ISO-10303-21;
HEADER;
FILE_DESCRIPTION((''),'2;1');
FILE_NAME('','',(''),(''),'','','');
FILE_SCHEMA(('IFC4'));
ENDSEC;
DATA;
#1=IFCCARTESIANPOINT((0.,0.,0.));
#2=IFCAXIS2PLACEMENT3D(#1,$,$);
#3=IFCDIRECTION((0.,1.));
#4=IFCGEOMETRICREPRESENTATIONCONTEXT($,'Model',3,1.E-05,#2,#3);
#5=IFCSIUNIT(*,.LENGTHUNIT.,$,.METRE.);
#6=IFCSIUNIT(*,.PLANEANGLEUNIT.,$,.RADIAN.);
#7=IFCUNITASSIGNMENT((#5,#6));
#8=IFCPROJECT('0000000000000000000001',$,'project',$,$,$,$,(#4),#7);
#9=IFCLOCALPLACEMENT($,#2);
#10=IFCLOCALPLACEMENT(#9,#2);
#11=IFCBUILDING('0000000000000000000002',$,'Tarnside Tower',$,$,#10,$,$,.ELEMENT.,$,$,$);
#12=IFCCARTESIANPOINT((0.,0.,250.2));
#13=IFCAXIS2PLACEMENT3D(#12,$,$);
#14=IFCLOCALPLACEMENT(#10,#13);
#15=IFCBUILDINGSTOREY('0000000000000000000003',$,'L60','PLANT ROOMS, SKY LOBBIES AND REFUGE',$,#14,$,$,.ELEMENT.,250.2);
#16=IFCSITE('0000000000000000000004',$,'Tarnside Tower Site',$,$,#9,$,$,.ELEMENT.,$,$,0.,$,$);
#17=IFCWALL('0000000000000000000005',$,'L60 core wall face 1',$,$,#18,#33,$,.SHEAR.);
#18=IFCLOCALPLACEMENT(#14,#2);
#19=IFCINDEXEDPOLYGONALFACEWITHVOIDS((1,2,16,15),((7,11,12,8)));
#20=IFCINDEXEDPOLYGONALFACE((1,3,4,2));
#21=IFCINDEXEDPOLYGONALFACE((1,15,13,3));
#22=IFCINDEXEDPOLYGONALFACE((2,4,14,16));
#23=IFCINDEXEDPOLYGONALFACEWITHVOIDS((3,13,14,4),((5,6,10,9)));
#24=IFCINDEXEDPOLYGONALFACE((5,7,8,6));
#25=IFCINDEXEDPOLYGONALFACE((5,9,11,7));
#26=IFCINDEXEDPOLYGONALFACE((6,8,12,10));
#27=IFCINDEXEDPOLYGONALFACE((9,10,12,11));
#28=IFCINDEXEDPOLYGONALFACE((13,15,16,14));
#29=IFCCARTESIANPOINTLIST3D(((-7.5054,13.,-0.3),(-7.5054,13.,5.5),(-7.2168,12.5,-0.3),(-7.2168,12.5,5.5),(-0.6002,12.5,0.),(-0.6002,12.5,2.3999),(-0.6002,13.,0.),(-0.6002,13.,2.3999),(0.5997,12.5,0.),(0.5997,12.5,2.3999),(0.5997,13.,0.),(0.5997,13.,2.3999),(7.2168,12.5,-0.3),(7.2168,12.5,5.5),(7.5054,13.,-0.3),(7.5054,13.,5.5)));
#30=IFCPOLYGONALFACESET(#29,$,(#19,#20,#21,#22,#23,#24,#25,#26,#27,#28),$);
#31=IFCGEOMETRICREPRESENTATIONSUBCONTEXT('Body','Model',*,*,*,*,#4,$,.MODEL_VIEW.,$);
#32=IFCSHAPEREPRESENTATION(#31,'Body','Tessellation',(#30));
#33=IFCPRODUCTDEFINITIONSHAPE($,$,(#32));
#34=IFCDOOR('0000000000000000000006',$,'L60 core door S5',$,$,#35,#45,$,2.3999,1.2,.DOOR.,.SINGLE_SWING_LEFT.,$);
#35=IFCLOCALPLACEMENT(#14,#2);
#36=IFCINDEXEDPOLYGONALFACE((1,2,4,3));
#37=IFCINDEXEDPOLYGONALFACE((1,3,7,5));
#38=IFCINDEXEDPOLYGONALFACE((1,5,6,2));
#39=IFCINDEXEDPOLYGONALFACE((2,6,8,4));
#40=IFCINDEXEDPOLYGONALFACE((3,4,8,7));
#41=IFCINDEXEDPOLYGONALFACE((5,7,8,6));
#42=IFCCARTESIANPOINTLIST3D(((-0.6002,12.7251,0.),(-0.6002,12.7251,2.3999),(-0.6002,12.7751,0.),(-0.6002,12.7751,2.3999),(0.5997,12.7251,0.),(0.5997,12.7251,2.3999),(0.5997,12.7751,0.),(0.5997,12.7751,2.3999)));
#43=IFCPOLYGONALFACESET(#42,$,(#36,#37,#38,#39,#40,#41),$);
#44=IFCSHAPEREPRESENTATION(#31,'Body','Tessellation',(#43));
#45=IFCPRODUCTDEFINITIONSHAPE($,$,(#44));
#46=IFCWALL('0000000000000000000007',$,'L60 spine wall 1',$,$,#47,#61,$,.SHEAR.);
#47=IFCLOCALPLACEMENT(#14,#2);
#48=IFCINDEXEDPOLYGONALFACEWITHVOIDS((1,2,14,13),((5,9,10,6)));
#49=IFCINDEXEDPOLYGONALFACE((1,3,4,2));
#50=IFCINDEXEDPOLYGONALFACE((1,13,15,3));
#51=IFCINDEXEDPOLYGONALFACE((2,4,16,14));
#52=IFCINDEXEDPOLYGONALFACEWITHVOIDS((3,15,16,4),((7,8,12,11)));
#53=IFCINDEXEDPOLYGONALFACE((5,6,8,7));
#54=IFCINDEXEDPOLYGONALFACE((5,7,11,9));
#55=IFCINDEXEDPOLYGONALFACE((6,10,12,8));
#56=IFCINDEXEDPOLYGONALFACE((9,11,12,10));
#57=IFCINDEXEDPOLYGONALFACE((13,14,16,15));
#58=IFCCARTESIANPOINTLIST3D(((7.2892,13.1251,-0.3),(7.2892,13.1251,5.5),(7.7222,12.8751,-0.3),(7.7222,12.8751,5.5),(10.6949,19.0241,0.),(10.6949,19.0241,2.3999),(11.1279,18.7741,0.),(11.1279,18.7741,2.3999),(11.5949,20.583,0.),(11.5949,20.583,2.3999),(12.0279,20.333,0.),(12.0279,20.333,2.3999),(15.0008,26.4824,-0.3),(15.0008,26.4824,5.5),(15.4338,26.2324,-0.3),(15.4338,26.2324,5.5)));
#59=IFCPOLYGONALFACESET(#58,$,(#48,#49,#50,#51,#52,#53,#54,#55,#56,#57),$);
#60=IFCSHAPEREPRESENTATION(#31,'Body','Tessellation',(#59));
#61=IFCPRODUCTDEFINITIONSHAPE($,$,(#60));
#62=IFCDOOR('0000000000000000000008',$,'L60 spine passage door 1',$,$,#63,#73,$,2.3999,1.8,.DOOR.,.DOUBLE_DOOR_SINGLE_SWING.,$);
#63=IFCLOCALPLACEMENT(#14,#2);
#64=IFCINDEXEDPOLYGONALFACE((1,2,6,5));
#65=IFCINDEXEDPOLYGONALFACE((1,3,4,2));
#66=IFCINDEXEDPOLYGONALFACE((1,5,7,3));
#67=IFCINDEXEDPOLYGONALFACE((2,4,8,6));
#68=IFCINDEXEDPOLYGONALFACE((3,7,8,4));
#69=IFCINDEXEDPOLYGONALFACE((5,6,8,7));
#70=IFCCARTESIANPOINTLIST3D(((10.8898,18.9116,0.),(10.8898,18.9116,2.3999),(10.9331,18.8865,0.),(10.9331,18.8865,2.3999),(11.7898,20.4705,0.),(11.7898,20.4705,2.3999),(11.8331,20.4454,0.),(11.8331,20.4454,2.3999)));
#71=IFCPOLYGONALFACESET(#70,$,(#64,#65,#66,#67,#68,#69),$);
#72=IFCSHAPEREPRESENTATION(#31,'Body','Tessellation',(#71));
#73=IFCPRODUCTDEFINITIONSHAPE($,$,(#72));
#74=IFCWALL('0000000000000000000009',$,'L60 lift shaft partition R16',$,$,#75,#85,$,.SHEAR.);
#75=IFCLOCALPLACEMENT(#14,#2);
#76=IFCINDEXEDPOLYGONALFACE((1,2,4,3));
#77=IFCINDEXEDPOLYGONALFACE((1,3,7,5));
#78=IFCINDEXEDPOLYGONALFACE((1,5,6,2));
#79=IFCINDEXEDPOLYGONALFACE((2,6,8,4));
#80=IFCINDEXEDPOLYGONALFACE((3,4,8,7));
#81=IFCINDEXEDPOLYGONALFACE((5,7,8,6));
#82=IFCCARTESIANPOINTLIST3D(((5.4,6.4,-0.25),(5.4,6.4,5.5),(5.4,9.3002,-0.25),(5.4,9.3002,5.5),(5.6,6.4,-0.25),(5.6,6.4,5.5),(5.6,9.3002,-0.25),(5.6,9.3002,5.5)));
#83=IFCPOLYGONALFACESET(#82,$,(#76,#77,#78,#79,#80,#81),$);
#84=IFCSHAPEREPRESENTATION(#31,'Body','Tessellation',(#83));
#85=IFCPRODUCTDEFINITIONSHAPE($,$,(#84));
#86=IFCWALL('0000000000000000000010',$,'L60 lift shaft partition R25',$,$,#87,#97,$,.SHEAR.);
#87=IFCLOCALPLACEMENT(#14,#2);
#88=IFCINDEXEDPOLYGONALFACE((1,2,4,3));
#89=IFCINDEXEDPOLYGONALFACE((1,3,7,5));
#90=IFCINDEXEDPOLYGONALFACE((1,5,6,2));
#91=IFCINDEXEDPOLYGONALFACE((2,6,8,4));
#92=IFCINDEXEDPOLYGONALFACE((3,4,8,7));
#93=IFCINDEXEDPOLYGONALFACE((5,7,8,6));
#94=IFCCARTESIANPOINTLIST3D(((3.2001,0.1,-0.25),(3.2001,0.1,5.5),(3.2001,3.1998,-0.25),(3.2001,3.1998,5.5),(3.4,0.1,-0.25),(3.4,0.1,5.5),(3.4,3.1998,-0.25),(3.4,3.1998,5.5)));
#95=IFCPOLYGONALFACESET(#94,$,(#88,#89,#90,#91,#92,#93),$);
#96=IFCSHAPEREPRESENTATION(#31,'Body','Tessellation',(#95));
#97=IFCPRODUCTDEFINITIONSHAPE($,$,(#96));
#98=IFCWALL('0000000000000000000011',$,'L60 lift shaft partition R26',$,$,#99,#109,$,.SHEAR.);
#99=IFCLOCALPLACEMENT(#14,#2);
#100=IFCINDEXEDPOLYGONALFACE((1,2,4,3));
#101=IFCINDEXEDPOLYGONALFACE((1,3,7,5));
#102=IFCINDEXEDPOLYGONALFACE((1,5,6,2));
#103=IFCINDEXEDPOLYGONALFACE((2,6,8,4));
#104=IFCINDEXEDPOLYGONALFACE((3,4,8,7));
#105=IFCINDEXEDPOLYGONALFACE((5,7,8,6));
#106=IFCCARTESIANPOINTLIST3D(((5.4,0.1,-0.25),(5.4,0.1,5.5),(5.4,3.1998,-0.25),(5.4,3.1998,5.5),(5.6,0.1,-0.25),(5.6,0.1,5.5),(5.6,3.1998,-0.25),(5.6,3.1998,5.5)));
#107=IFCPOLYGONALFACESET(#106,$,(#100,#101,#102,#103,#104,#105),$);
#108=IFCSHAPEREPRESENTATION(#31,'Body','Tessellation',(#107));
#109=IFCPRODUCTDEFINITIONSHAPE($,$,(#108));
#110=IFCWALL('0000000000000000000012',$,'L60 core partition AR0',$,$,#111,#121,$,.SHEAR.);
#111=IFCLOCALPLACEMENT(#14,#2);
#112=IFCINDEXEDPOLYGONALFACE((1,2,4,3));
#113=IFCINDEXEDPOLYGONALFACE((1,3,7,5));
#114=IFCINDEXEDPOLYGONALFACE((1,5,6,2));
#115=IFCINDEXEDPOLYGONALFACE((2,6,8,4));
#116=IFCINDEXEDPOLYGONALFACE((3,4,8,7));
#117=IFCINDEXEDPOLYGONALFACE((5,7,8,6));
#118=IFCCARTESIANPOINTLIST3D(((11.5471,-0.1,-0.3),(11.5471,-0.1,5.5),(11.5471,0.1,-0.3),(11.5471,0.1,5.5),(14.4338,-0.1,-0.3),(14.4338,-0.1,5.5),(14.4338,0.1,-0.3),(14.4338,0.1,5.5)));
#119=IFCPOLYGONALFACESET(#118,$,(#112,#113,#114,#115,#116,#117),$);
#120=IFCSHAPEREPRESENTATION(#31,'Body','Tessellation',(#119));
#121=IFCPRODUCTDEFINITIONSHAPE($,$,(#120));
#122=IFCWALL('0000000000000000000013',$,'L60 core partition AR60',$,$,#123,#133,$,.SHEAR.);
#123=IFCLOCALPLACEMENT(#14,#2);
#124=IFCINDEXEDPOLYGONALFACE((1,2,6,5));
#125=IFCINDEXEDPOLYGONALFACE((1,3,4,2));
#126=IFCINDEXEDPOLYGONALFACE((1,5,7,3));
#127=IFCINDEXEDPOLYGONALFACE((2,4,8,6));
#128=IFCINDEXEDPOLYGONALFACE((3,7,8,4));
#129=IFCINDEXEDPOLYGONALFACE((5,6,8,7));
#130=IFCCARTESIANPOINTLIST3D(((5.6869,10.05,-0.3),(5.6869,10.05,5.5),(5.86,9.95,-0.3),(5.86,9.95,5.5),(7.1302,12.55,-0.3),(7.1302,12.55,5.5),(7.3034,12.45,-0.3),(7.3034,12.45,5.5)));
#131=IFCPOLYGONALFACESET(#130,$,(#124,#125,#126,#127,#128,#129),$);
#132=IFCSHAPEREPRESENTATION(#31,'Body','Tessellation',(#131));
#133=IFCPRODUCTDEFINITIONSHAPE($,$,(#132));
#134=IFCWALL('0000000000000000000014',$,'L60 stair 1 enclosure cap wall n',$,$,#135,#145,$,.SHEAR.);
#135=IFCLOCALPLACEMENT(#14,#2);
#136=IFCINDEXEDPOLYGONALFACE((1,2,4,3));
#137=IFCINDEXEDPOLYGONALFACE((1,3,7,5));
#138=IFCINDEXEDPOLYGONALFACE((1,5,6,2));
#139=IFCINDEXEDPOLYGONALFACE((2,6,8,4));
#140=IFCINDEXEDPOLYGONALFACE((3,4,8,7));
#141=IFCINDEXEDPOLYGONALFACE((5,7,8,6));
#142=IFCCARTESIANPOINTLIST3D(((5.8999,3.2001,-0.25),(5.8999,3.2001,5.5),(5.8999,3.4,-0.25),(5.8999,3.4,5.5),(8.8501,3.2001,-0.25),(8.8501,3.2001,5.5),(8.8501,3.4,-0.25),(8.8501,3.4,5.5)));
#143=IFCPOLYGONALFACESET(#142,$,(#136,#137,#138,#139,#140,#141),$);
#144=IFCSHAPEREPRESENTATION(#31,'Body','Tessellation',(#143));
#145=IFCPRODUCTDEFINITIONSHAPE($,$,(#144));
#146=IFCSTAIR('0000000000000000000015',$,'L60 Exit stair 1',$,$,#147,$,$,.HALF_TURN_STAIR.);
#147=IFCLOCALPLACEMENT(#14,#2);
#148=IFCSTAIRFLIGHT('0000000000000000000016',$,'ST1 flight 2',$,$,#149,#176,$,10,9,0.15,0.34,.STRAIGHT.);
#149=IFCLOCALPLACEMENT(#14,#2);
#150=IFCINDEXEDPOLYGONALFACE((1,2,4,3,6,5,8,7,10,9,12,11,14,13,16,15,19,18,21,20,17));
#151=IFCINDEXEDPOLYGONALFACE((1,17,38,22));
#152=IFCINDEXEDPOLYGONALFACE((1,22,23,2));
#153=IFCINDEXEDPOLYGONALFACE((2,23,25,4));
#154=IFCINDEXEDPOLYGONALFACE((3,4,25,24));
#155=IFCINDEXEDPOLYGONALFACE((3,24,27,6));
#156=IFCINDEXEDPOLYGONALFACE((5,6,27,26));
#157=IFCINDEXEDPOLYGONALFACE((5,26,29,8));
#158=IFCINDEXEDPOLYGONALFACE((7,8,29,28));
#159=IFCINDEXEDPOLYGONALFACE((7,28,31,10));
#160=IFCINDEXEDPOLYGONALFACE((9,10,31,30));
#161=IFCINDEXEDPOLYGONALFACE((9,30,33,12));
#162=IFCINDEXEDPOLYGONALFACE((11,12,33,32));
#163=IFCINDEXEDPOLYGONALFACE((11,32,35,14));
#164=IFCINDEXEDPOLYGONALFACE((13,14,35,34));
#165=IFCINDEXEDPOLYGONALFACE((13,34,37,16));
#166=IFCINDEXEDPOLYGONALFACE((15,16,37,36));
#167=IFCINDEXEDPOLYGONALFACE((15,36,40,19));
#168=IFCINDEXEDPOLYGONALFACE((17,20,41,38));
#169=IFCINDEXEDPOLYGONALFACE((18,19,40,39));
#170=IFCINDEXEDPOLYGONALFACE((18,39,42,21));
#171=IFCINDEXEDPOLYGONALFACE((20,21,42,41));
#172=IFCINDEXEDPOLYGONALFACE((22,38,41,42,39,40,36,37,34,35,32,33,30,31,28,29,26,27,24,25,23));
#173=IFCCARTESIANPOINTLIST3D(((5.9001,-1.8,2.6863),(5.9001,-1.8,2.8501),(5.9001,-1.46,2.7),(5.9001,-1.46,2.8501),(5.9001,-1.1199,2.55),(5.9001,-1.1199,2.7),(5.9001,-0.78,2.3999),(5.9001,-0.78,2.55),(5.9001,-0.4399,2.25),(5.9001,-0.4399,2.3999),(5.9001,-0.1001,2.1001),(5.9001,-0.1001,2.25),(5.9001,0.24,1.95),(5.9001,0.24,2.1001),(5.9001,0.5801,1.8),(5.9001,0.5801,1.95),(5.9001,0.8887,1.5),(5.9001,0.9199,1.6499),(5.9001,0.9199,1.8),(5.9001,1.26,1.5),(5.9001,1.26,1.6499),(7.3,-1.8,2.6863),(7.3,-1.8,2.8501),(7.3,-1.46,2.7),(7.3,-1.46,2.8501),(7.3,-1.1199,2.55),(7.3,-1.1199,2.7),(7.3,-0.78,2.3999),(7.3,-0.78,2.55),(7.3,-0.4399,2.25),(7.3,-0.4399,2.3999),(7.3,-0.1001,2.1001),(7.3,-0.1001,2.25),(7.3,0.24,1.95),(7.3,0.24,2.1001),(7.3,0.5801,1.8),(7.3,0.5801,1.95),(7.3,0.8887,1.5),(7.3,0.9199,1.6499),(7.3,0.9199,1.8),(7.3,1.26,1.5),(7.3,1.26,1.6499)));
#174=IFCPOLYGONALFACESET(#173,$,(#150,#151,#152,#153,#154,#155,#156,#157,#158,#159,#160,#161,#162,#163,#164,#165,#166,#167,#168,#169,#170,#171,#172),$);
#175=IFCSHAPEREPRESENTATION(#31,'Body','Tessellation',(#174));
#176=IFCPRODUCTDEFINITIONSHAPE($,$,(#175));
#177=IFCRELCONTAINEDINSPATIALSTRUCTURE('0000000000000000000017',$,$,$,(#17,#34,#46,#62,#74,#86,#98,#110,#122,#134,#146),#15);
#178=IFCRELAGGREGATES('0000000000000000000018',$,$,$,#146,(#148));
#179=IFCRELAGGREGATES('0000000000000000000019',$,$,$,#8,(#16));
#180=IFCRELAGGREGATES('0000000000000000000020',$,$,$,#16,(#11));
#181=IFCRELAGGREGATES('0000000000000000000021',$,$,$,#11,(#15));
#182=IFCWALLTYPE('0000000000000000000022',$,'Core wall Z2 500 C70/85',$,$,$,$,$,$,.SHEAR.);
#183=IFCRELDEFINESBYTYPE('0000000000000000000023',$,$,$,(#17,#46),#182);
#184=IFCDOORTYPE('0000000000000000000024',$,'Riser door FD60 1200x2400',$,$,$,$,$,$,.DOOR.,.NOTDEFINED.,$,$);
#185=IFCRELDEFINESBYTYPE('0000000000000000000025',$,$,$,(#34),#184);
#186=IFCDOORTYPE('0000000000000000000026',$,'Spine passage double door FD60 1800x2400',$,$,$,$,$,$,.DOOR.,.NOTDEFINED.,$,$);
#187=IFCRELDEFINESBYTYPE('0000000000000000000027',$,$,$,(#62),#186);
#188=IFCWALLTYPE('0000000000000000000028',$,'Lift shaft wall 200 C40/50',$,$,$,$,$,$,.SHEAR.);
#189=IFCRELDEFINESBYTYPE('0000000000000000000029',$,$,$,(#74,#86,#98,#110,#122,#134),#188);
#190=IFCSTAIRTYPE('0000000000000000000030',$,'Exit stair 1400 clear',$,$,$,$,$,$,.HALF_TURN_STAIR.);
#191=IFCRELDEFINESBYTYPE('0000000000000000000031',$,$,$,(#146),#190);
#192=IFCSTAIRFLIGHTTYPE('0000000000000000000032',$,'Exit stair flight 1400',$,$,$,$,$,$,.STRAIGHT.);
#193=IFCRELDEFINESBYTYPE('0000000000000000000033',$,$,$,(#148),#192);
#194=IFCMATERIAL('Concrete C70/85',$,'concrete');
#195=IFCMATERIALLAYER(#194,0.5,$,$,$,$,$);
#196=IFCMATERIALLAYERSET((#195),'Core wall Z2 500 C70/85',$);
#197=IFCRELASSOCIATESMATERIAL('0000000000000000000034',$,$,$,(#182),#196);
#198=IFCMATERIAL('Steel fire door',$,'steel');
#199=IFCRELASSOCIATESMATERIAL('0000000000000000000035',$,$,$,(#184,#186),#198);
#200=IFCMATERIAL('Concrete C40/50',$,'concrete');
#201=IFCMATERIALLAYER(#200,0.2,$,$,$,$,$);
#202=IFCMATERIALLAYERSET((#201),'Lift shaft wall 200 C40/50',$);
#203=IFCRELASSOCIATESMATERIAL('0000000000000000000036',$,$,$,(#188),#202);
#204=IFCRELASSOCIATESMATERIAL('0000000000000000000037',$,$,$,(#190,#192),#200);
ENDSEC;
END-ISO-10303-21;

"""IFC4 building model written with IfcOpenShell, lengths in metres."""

from ifc_helpers import new_model, si_unit, direction, frame, frame_2d, origin, place, context, subcontext, project, spatial, polyline, rectangle, outline, extrude, material, layer, layer_set, type_object, element, fill, aggregate, save


model = new_model("IFC4")

# Units and contexts
model_context = context("Model", 3, precision=1e-05, world=origin(), true_north=direction((0.0, 1.0)))
body_context = subcontext(model_context, "Body", "Model", "MODEL_VIEW")
ifc_project = project(units=[si_unit("LENGTHUNIT", "METRE"), si_unit("PLANEANGLEUNIT", "RADIAN")], contexts=[model_context])

# Site, building, storey
site_placement = place(None, origin())
site = spatial("IfcSite", under=ifc_project, at=site_placement, Name="Tarnside Tower Site", CompositionType="ELEMENT", RefElevation=0.0)
building_placement = place(site_placement, origin())
building = spatial("IfcBuilding", under=site, at=building_placement, Name="Tarnside Tower", CompositionType="ELEMENT")
storey_placement = place(building_placement, frame((0.0, 0.0, 250.2)))
storey = spatial("IfcBuildingStorey", under=building, at=storey_placement, Name="L60", Description="PLANT ROOMS, SKY LOBBIES AND REFUGE", CompositionType="ELEMENT", Elevation=250.2)

# Shared definitions
ifc_material_1 = material(Name="Steel fire door", Category="steel")

# Walls, openings, doors
ifc_material_2 = material(Name="Concrete C70/85", Category="concrete")
ifc_layer_1 = layer(ifc_material_2, 0.5)
ifc_layer_set_1 = layer_set([ifc_layer_1], Name="Core wall Z2 500 C70/85")
wall_type_1 = type_object("IfcWallType", Name="Core wall Z2 500 C70/85", PredefinedType="SHEAR", material=ifc_layer_set_1)
wall_1_placement = place(storey_placement, frame((7.3611, 12.75, -0.3), z_axis=(0.0, 0.0, 1.0), x_axis=(-1.0, 0.0, 0.0)))
wall_1 = element("IfcWall", 1, at=wall_1_placement, inside=storey, type_object=wall_type_1, Name="L60 core wall face 1", PredefinedType="SHEAR", context=body_context, shape_type="SweptSolid", body=[
    extrude(outline(polyline([(-0.1443, -0.25), (14.8665, -0.25), (14.5779, 0.25), (0.1443, 0.25), (-0.1443, -0.25)])), origin(), (0.0, 0.0, 1.0), 5.8),
])
opening_1_placement = place(wall_1_placement, frame((6.7612, 0.0, 0.3)))
opening_1 = element("IfcOpeningElement", 2, at=opening_1_placement, cuts=wall_1, PredefinedType="OPENING", context=body_context, shape_type="SweptSolid", body=[
    extrude(rectangle(XDim=1.2, YDim=2.3999, at=frame_2d((0.6001, 1.2))), frame((0.0, 0.26, 0.0), z_axis=(0.0, -1.0, 0.0), x_axis=(1.0, 0.0, 0.0)), (0.0, 0.0, 1.0), 0.52),
])
door_type_1 = type_object("IfcDoorType", Name="Riser door FD60 1200x2400", OperationType="NOTDEFINED", PredefinedType="DOOR", material=ifc_material_1)
door_1_placement = place(opening_1_placement, origin())
door_1 = element("IfcDoor", 3, at=door_1_placement, inside=storey, type_object=door_type_1, Name="L60 core door S5", OperationType="SINGLE_SWING_LEFT", OverallHeight=2.3999, OverallWidth=1.2, PredefinedType="DOOR", context=body_context, shape_type="SweptSolid", body=[
    extrude(rectangle(XDim=1.2, YDim=2.3999, at=frame_2d((0.6001, 1.2))), frame((0.0, 0.0249, 0.0), z_axis=(0.0, -1.0, 0.0), x_axis=(1.0, 0.0, 0.0)), (0.0, 0.0, 1.0), 0.05),
])
fill(opening_1, door_1)
wall_2_placement = place(storey_placement, frame((7.5056, 13.0, -0.3), z_axis=(0.0, 0.0, 1.0), x_axis=(0.499988, 0.866032, 0.0)))
wall_2 = element("IfcWall", 4, at=wall_2_placement, inside=storey, type_object=wall_type_1, Name="L60 spine wall 1", PredefinedType="SHEAR", context=body_context, shape_type="SweptSolid", body=[
    extrude(rectangle(XDim=15.4236, YDim=0.5, at=frame_2d((7.7119, 0.0))), origin(), (0.0, 0.0, 1.0), 5.8),
])
opening_2_placement = place(wall_2_placement, frame((6.8118, 0.0, 0.3)))
opening_2 = element("IfcOpeningElement", 5, at=opening_2_placement, cuts=wall_2, PredefinedType="OPENING", context=body_context, shape_type="SweptSolid", body=[
    extrude(rectangle(XDim=1.8, YDim=2.3999, at=frame_2d((0.8999, 1.2))), frame((0.0, 0.26, 0.0), z_axis=(0.0, -1.0, 0.0), x_axis=(1.0, 0.0, 0.0)), (0.0, 0.0, 1.0), 0.52),
])
door_type_2 = type_object("IfcDoorType", Name="Spine passage double door FD60 1800x2400", OperationType="NOTDEFINED", PredefinedType="DOOR", material=ifc_material_1)
door_2_placement = place(opening_2_placement, origin())
door_2 = element("IfcDoor", 6, at=door_2_placement, inside=storey, type_object=door_type_2, Name="L60 spine passage door 1", OperationType="DOUBLE_DOOR_SINGLE_SWING", OverallHeight=2.3999, OverallWidth=1.8, PredefinedType="DOOR", context=body_context, shape_type="SweptSolid", body=[
    extrude(rectangle(XDim=1.8, YDim=2.3999, at=frame_2d((0.8999, 1.2))), frame((0.0, 0.0249, 0.0), z_axis=(0.0, -1.0, 0.0), x_axis=(1.0, 0.0, 0.0)), (0.0, 0.0, 1.0), 0.05),
])
fill(opening_2, door_2)

# Walls
ifc_material_3 = material(Name="Concrete C40/50", Category="concrete")
ifc_layer_2 = layer(ifc_material_3, 0.2)
ifc_layer_set_2 = layer_set([ifc_layer_2], Name="Lift shaft wall 200 C40/50")
wall_type_2 = type_object("IfcWallType", Name="Lift shaft wall 200 C40/50", PredefinedType="SHEAR", material=ifc_layer_set_2)
wall_3_placement = place(storey_placement, frame((5.5, 6.3999, -0.25), z_axis=(0.0, 0.0, 1.0), x_axis=(0.0, 1.0, 0.0)))
element("IfcWall", 7, at=wall_3_placement, inside=storey, type_object=wall_type_2, Name="L60 lift shaft partition R16", PredefinedType="SHEAR", context=body_context, shape_type="SweptSolid", body=[
    extrude(rectangle(XDim=2.9001, YDim=0.2, at=frame_2d((1.4502, 0.0))), origin(), (0.0, 0.0, 1.0), 5.75),
])
for number, where, z_axis, x_axis, name in (
    (8, (3.3, 0.1001, -0.25), (0.0, 0.0, 1.0), (0.0, 1.0, 0.0), "L60 lift shaft partition R25"),
    (9, (5.5, 0.1001, -0.25), (0.0, 0.0, 1.0), (0.0, 1.0, 0.0), "L60 lift shaft partition R26"),
):
    element("IfcWall", number, at=place(storey_placement, frame(where, z_axis=z_axis, x_axis=x_axis)), inside=storey, type_object=wall_type_2, Name=name, PredefinedType="SHEAR", context=body_context, shape_type="SweptSolid", body=[
        extrude(rectangle(XDim=3.0999, YDim=0.2, at=frame_2d((1.5498, 0.0))), origin(), (0.0, 0.0, 1.0), 5.75),
    ])
for number, where, z_axis, x_axis, name in (
    (10, (11.5471, 0.0, -0.3), (0.0, 0.0, 1.0), (1.0, 0.0, 0.0), "L60 core partition AR0"),
    (11, (5.7734, 10.0, -0.3), (0.0, 0.0, 1.0), (0.499996, 0.866028, 0.0), "L60 core partition AR60"),
):
    element("IfcWall", number, at=place(storey_placement, frame(where, z_axis=z_axis, x_axis=x_axis)), inside=storey, type_object=wall_type_2, Name=name, PredefinedType="SHEAR", context=body_context, shape_type="SweptSolid", body=[
        extrude(rectangle(XDim=2.8867, YDim=0.2, at=frame_2d((1.4434, 0.0))), origin(), (0.0, 0.0, 1.0), 5.8),
    ])
wall_4_placement = place(storey_placement, frame((5.8999, 3.3, -0.25), z_axis=(0.0, 0.0, 1.0), x_axis=(1.0, 0.0, 0.0)))
element("IfcWall", 12, at=wall_4_placement, inside=storey, type_object=wall_type_2, Name="L60 stair 1 enclosure cap wall n", PredefinedType="SHEAR", context=body_context, shape_type="SweptSolid", body=[
    extrude(rectangle(XDim=2.9502, YDim=0.2, at=frame_2d((1.4751, 0.0))), origin(), (0.0, 0.0, 1.0), 5.75),
])

# Stair, stair flight
stair_type = type_object("IfcStairType", Name="Exit stair 1400 clear", PredefinedType="HALF_TURN_STAIR", material=ifc_material_3)
stair_placement = place(storey_placement, origin())
stair = element("IfcStair", 13, at=stair_placement, inside=storey, type_object=stair_type, Name="L60 Exit stair 1", PredefinedType="HALF_TURN_STAIR")
stair_flight_type = type_object("IfcStairFlightType", Name="Exit stair flight 1400", PredefinedType="STRAIGHT", material=ifc_material_3)
stair_flight_1_placement = place(storey_placement, frame((6.6001, 1.26, 1.5), z_axis=(0.0, 0.0, 1.0), x_axis=(0.0, -1.0, 0.0)))
stair_flight_1 = element("IfcStairFlight", 14, at=stair_flight_1_placement, type_object=stair_flight_type, Name="ST1 flight 2", NumberOfRisers=10, NumberOfTreads=9, PredefinedType="STRAIGHT", RiserHeight=0.15, TreadLength=0.34, context=body_context, shape_type="SweptSolid", body=[
    extrude(outline(polyline([(0.0, 0.0), (0.0, 0.1499), (0.3401, 0.1499), (0.3401, 0.3), (0.6799, 0.3), (0.6799, 0.45), (1.02, 0.45), (1.02, 0.6001), (1.3601, 0.6001), (1.3601, 0.75), (1.7, 0.75), (1.7, 0.8999), (2.04, 0.8999), (2.04, 1.05), (2.3799, 1.05), (2.3799, 1.2), (2.72, 1.2), (2.72, 1.3501), (3.0601, 1.3501), (3.0601, 1.5), (3.0601, 1.1863), (0.3713, 0.0), (0.0, 0.0)])), frame((0.0, 0.7, 0.0), z_axis=(0.0, -1.0, 0.0), x_axis=(1.0, 0.0, 0.0)), (0.0, 0.0, 1.0), 1.3999),
])
aggregate(stair, [stair_flight_1])

save(model, "model.ifc")
